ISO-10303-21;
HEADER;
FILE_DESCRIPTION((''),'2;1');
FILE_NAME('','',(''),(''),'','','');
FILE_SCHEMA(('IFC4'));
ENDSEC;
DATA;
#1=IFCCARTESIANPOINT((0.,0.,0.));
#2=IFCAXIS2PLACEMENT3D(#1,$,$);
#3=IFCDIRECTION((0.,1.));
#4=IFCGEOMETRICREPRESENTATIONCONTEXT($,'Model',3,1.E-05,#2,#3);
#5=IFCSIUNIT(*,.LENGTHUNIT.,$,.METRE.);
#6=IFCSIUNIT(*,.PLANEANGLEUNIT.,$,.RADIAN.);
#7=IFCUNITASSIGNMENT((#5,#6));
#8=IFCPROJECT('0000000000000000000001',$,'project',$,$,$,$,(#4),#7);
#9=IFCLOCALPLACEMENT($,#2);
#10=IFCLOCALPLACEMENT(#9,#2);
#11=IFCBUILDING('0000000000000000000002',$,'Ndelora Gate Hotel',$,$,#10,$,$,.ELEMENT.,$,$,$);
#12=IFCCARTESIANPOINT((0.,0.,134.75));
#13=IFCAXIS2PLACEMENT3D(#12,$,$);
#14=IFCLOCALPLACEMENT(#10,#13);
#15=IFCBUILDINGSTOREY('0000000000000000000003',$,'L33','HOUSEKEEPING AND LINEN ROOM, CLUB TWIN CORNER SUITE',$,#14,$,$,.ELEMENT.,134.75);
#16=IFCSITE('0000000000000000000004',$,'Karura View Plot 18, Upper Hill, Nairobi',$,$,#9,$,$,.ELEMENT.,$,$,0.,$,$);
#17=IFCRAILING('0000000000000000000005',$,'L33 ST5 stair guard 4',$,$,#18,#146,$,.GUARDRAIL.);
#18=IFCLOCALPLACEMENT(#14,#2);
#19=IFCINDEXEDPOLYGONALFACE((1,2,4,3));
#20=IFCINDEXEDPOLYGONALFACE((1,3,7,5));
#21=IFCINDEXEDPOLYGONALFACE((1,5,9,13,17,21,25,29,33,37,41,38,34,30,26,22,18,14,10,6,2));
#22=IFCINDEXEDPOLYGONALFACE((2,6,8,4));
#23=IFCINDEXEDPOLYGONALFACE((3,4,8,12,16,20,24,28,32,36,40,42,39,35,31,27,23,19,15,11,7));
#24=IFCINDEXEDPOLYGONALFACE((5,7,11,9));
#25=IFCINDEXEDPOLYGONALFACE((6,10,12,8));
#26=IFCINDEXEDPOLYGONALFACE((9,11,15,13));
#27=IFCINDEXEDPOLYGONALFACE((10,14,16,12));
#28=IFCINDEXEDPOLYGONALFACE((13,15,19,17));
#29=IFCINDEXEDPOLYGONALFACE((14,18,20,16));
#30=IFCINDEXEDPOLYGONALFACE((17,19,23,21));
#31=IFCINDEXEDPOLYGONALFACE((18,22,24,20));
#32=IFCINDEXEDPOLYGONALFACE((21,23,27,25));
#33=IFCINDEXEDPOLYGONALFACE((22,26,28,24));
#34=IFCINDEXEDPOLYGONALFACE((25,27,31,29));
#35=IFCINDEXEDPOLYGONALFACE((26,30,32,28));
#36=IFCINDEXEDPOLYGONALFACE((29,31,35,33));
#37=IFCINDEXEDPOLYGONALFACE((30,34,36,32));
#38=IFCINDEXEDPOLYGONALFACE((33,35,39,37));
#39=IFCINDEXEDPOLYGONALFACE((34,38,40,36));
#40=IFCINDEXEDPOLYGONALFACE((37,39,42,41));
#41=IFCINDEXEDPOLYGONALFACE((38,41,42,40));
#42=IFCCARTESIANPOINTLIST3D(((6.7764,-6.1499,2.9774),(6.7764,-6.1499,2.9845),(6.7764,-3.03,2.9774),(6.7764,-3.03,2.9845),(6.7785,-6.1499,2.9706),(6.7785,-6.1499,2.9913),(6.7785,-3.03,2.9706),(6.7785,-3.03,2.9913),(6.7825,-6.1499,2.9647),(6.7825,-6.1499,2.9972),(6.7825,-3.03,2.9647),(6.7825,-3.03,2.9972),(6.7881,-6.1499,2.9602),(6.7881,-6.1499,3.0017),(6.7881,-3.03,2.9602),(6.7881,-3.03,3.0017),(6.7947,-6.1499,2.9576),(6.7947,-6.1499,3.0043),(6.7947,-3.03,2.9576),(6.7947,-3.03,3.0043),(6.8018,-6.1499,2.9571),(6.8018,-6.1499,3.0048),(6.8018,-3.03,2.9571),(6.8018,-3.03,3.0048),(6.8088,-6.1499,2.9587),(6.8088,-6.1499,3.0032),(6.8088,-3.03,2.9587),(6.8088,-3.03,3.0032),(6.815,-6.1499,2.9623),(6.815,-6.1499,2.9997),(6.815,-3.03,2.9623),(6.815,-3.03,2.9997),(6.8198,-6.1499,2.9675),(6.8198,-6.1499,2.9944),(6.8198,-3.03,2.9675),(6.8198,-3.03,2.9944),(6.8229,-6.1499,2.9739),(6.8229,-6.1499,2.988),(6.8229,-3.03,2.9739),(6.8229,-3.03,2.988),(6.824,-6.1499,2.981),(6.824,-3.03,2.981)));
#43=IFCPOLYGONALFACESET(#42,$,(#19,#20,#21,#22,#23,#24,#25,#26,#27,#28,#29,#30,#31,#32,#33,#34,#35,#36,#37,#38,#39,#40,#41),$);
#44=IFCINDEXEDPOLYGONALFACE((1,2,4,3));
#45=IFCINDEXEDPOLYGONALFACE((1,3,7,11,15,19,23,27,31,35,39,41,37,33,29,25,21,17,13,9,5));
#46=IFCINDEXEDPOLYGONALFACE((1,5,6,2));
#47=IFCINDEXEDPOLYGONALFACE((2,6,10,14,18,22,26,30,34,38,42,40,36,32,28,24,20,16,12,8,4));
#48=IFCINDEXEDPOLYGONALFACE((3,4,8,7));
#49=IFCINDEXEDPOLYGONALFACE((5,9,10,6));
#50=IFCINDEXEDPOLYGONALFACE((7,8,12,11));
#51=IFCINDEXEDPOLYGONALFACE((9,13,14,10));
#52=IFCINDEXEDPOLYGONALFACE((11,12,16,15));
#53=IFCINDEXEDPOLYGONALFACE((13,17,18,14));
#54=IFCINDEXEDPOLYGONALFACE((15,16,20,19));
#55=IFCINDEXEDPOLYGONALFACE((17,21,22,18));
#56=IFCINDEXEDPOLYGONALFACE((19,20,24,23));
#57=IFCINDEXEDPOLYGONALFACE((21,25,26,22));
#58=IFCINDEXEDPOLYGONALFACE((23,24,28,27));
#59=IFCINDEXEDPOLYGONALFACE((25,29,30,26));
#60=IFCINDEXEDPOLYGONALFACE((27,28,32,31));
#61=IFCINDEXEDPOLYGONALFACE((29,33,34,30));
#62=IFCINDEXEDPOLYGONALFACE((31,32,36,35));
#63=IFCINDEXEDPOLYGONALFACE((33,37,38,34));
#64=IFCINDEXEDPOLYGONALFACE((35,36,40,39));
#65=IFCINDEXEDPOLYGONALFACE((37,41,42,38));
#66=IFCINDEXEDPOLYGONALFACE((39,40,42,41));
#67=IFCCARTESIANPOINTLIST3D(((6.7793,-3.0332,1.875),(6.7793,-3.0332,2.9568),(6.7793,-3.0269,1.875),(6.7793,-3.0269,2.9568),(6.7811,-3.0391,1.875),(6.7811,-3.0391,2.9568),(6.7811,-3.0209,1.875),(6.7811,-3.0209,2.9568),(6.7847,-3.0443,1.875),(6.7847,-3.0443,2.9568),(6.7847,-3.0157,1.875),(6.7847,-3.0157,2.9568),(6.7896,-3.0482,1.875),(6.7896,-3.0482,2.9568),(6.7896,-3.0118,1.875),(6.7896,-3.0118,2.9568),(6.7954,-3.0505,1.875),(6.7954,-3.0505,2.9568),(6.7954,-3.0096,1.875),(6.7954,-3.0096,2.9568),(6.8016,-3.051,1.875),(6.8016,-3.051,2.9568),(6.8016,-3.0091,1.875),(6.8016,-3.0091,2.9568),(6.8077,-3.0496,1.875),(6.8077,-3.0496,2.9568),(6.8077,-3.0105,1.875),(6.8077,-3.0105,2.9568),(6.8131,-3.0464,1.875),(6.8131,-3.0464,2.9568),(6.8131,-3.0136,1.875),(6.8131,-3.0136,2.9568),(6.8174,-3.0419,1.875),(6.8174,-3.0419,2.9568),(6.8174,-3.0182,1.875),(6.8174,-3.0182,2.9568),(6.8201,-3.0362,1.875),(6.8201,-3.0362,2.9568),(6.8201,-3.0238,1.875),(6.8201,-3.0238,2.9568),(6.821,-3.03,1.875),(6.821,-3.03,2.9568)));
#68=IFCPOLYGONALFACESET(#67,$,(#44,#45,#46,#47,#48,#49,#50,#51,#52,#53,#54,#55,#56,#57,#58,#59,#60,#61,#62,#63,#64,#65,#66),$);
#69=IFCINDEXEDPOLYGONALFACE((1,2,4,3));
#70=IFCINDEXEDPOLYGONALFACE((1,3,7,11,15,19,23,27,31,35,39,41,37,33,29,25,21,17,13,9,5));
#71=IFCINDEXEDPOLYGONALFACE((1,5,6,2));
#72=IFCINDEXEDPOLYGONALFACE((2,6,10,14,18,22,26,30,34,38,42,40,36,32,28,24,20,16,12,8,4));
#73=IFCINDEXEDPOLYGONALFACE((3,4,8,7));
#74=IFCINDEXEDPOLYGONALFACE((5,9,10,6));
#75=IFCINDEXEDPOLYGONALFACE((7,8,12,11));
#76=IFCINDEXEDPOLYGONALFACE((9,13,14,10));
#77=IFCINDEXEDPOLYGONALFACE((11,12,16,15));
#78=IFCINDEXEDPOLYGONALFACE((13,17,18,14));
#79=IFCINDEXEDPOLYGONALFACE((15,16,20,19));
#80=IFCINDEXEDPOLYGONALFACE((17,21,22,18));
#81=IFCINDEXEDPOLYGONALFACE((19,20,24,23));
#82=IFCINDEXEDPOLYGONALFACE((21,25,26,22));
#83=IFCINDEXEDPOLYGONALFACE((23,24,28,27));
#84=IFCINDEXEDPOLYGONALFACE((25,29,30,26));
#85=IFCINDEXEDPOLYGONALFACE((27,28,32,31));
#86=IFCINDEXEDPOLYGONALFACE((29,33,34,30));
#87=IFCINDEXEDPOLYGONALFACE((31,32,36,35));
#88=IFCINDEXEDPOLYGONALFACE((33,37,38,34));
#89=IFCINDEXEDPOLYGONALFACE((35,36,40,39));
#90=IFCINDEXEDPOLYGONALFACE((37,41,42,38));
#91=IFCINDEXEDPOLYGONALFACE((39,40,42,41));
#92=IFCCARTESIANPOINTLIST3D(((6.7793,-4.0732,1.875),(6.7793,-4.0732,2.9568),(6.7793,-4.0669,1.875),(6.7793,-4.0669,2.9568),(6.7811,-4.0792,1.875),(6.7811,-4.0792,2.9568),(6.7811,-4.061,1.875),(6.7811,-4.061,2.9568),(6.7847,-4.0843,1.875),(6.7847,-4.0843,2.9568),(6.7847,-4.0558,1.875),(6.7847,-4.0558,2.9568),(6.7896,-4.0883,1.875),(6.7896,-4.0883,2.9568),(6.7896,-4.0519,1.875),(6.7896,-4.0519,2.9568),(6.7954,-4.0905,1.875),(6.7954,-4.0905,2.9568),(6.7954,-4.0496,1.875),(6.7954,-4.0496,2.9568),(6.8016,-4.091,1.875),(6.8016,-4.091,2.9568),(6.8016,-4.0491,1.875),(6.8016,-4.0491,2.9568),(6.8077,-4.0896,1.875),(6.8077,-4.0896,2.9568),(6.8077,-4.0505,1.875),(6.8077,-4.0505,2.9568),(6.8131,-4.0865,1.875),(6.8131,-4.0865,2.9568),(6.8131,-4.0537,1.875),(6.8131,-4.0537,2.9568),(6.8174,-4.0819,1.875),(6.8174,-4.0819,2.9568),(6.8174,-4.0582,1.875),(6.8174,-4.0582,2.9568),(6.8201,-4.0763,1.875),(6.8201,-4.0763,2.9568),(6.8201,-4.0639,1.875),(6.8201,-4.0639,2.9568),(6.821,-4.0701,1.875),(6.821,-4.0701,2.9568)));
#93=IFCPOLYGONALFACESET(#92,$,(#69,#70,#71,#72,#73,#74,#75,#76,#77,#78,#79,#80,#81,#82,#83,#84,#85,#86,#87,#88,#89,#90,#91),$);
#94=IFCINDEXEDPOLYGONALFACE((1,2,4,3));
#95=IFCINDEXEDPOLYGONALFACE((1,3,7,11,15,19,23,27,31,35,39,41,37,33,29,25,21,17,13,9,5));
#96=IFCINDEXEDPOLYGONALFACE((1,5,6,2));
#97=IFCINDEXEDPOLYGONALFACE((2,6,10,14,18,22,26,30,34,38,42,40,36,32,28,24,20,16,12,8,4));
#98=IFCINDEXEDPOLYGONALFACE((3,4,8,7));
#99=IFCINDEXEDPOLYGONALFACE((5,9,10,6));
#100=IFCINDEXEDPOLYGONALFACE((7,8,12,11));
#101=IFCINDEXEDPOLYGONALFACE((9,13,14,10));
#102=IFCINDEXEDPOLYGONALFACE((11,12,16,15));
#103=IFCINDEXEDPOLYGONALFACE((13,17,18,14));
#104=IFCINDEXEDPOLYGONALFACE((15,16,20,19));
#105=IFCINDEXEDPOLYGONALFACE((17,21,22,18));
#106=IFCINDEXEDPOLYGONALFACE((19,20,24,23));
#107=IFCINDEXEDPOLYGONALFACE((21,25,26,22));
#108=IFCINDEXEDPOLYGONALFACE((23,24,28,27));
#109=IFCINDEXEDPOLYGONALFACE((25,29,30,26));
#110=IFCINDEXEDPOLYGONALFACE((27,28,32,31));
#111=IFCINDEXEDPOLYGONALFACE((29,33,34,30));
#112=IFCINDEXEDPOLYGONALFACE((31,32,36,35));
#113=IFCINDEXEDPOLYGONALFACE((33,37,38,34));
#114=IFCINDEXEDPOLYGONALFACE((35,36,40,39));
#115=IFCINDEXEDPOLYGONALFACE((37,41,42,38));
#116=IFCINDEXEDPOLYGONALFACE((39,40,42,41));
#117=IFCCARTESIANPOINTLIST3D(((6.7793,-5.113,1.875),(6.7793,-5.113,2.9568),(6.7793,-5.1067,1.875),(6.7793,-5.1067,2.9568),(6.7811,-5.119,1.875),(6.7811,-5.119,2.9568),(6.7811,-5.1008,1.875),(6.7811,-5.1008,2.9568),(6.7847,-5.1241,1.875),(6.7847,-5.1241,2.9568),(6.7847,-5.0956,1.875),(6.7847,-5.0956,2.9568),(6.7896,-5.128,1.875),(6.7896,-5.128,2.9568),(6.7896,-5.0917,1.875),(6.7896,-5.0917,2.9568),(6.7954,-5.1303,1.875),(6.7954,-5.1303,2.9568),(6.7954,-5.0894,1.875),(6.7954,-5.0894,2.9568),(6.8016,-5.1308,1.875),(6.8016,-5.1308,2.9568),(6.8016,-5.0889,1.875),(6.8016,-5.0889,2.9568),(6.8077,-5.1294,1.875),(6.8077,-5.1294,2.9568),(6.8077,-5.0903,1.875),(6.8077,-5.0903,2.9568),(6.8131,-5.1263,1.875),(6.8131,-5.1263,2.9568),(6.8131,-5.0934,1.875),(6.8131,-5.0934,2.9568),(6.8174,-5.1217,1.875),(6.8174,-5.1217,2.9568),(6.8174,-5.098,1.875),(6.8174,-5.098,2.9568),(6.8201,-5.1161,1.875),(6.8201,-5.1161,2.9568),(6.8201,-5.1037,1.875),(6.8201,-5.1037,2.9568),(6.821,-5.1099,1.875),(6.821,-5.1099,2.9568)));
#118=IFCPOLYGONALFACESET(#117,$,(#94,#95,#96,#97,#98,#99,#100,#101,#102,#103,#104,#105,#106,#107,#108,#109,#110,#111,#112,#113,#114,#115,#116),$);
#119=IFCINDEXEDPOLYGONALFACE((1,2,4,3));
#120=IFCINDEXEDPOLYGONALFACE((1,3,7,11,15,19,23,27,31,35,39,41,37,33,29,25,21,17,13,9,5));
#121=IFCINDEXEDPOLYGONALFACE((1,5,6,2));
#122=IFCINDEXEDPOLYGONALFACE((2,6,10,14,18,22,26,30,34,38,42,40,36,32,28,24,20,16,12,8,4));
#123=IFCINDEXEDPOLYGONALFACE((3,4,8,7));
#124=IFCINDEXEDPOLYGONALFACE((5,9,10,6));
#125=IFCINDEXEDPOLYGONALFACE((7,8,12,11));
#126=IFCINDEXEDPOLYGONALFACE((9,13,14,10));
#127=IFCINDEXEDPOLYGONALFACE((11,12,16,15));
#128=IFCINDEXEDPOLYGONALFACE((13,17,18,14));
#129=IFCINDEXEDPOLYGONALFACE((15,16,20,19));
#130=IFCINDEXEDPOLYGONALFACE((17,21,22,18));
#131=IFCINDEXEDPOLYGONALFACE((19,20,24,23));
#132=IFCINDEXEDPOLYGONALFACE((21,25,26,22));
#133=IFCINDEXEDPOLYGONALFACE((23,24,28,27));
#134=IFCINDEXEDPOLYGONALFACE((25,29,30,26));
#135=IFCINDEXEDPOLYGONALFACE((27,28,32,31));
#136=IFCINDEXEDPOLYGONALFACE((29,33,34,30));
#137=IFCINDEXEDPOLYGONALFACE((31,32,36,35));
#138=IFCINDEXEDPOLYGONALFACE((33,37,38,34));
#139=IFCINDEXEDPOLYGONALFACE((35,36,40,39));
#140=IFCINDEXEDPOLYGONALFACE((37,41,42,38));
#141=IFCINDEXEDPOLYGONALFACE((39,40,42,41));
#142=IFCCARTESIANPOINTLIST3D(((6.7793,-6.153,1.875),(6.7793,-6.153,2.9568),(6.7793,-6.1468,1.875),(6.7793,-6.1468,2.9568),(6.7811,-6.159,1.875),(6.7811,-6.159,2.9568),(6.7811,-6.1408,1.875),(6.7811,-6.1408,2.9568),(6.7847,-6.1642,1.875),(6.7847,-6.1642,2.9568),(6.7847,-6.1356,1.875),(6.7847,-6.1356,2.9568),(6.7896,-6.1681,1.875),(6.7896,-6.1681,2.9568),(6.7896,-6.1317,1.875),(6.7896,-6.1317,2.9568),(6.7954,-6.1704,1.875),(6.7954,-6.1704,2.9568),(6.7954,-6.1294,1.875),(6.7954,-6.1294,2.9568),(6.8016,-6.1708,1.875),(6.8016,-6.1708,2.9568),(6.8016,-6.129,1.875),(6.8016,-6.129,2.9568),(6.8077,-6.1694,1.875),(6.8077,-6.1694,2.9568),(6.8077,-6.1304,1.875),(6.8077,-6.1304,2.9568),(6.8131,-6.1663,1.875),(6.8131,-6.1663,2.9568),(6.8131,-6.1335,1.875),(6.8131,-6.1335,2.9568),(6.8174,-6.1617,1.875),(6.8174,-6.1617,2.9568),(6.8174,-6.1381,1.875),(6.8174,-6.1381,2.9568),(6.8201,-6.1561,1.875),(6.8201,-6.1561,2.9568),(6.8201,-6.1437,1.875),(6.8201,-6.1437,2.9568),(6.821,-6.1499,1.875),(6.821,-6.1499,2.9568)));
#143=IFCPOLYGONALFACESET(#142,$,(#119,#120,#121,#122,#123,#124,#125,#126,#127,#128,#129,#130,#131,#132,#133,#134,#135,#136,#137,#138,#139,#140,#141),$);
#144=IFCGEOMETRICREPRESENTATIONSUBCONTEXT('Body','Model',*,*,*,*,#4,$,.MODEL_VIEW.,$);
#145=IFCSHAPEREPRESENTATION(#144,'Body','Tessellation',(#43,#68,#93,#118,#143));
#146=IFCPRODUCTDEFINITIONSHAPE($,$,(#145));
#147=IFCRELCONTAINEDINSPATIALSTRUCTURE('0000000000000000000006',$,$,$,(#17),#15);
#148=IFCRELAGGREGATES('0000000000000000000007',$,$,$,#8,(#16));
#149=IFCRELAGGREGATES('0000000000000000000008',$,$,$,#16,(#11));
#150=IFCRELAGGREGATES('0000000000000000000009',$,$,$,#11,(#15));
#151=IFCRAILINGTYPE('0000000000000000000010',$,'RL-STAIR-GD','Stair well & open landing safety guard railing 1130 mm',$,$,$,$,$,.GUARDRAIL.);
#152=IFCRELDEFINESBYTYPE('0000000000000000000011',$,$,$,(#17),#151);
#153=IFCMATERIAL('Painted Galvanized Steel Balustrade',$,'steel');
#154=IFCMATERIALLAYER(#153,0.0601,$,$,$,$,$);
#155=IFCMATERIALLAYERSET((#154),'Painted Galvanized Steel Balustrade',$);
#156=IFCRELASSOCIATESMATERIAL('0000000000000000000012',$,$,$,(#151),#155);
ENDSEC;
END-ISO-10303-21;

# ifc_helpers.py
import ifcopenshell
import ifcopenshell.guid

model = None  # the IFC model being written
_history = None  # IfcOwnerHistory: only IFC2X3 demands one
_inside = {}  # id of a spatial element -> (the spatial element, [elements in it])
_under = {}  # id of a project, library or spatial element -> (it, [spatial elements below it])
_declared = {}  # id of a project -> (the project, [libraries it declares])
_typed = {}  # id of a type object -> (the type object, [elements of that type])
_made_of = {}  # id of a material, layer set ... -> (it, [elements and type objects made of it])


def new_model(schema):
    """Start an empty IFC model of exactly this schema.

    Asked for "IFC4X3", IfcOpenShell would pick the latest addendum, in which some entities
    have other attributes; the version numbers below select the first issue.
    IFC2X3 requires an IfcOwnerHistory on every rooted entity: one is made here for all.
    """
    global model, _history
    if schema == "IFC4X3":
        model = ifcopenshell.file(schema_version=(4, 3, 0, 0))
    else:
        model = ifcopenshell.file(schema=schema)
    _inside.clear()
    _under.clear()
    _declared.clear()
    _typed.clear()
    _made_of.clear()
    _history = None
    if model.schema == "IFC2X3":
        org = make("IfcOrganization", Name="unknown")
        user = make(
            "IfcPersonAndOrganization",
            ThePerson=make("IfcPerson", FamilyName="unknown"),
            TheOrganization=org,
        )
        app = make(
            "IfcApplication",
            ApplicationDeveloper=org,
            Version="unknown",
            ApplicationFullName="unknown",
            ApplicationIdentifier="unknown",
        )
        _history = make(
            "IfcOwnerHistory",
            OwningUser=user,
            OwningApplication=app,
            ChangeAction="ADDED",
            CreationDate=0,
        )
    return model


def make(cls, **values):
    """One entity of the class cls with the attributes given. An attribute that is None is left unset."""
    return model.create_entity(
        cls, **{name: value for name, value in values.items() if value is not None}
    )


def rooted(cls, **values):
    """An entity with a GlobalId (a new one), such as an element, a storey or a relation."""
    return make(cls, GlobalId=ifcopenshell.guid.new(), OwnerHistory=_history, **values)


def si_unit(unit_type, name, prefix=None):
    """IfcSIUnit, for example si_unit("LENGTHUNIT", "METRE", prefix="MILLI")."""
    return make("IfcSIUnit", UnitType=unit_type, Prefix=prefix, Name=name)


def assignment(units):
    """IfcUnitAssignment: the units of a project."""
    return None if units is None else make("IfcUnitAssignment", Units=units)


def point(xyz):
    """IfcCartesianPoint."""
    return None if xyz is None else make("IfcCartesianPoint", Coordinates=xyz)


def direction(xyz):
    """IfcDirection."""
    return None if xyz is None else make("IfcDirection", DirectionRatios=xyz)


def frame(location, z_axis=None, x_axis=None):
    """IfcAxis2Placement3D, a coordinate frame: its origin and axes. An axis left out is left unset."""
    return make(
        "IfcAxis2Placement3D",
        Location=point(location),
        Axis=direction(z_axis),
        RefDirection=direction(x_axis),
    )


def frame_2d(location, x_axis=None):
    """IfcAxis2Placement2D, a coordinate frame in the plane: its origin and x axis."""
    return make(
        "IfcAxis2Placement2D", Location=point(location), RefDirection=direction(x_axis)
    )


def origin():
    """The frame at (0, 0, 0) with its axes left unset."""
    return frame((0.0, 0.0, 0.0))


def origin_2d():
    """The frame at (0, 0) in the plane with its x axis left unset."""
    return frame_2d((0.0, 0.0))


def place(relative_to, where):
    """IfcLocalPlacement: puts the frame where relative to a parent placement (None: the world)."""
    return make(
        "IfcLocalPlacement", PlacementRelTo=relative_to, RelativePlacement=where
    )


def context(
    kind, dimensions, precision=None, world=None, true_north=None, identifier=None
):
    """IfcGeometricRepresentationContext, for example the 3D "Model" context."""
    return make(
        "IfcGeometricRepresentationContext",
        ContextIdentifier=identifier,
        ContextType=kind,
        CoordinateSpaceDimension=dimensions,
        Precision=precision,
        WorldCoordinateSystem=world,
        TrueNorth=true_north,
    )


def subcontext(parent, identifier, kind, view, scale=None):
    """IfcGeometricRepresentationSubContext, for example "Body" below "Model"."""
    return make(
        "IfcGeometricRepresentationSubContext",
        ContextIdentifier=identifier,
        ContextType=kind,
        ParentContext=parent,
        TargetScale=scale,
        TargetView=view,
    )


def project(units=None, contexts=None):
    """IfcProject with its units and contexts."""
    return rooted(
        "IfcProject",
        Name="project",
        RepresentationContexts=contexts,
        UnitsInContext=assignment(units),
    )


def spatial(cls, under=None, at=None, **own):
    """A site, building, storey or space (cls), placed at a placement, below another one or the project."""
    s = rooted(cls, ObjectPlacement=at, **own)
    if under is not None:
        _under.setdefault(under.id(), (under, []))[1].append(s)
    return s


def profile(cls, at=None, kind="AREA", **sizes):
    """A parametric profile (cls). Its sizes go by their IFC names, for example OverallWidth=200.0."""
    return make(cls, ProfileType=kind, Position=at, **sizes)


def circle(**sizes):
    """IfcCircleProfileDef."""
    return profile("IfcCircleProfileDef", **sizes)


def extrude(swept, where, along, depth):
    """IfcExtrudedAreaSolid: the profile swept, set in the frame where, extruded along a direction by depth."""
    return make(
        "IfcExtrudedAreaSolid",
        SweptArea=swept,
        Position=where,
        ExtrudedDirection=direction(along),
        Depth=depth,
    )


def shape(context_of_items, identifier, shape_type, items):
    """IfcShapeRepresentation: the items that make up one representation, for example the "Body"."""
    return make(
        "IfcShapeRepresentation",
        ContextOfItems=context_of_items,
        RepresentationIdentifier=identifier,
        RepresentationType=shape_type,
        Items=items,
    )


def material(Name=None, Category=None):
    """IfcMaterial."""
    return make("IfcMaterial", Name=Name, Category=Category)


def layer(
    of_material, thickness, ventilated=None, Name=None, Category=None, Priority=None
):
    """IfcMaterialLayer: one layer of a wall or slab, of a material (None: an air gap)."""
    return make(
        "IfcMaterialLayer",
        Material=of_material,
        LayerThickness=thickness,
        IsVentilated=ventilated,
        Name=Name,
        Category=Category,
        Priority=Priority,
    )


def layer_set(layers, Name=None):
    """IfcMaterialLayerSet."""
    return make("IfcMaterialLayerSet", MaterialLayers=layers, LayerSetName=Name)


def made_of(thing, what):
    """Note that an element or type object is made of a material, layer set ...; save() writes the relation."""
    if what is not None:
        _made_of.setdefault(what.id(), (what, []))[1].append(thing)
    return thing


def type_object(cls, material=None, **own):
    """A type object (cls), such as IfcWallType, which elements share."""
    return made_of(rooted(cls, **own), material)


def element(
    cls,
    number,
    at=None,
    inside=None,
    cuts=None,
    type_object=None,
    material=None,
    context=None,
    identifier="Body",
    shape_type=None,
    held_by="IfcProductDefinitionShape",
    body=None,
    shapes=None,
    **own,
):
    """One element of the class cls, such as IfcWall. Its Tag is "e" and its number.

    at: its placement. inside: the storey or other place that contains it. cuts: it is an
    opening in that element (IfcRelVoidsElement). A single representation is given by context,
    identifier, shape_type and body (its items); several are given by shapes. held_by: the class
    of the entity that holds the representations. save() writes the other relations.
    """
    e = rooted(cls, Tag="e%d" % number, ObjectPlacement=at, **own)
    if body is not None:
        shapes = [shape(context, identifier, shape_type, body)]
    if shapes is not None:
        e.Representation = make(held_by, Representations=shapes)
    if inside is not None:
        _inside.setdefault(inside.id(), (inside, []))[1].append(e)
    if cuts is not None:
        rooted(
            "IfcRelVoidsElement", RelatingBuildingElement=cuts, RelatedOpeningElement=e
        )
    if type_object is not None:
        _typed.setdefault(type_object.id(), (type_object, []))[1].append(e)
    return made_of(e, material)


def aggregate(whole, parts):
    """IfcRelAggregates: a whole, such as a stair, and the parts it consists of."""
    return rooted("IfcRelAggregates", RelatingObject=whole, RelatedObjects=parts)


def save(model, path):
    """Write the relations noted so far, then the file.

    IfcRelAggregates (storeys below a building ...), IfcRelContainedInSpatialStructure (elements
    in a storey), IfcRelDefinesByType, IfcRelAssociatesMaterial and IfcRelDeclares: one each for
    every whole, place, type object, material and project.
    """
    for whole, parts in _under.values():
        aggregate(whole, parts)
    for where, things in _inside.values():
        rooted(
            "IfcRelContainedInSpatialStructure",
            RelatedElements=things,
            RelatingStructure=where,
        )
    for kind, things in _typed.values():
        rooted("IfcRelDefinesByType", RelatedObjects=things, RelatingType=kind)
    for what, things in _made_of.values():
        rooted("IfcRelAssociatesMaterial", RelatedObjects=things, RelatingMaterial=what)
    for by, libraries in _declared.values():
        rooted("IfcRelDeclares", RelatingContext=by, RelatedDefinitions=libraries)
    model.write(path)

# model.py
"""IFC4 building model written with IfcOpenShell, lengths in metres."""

from ifc_helpers import new_model, si_unit, direction, frame, origin, origin_2d, place, context, subcontext, project, spatial, circle, extrude, material, layer, layer_set, type_object, element, save


model = new_model("IFC4")

# Units and contexts
model_context = context("Model", 3, precision=1e-05, world=origin(), true_north=direction((0.0, 1.0)))
body_context = subcontext(model_context, "Body", "Model", "MODEL_VIEW")
ifc_project = project(units=[si_unit("LENGTHUNIT", "METRE"), si_unit("PLANEANGLEUNIT", "RADIAN")], contexts=[model_context])

# Site, building, storey
site_placement = place(None, origin())
site = spatial("IfcSite", under=ifc_project, at=site_placement, Name="Karura View Plot 18, Upper Hill, Nairobi", CompositionType="ELEMENT", RefElevation=0.0)
building_placement = place(site_placement, origin())
building = spatial("IfcBuilding", under=site, at=building_placement, Name="Ndelora Gate Hotel", CompositionType="ELEMENT")
storey_placement = place(building_placement, frame((0.0, 0.0, 134.75)))
storey = spatial("IfcBuildingStorey", under=building, at=storey_placement, Name="L33", Description="HOUSEKEEPING AND LINEN ROOM, CLUB TWIN CORNER SUITE", CompositionType="ELEMENT", Elevation=134.75)

# Railing
ifc_material_1 = material(Name="Painted Galvanized Steel Balustrade", Category="steel")
ifc_layer_1 = layer(ifc_material_1, 0.0601)
ifc_layer_set_1 = layer_set([ifc_layer_1], Name="Painted Galvanized Steel Balustrade")
railing_type_1 = type_object("IfcRailingType", Name="RL-STAIR-GD", Description="Stair well & open landing safety guard railing 1130 mm", PredefinedType="GUARDRAIL", material=ifc_layer_set_1)
railing_1_placement = place(storey_placement, frame((6.8, -3.03, 1.875)))
element("IfcRailing", 1, at=railing_1_placement, inside=storey, type_object=railing_type_1, Name="L33 ST5 stair guard 4", PredefinedType="GUARDRAIL", context=body_context, shape_type="SweptSolid", body=[
    extrude(circle(Radius=0.0239, at=origin_2d()), frame((0.0, 0.0, 1.106), z_axis=(0.0, -1.0, 0.0), x_axis=(1.0, 0.0, 0.0)), (0.0, 0.0, 1.0), 3.1199),
    extrude(circle(Radius=0.021, at=origin_2d()), origin(), (0.0, 0.0, 1.0), 1.0818),
    extrude(circle(Radius=0.021, at=origin_2d()), frame((0.0, -1.04, 0.0)), (0.0, 0.0, 1.0), 1.0818),
    extrude(circle(Radius=0.021, at=origin_2d()), frame((0.0, -2.0798, 0.0)), (0.0, 0.0, 1.0), 1.0818),
    extrude(circle(Radius=0.021, at=origin_2d()), frame((0.0, -3.1199, 0.0)), (0.0, 0.0, 1.0), 1.0818),
])

save(model, "model.ifc")
